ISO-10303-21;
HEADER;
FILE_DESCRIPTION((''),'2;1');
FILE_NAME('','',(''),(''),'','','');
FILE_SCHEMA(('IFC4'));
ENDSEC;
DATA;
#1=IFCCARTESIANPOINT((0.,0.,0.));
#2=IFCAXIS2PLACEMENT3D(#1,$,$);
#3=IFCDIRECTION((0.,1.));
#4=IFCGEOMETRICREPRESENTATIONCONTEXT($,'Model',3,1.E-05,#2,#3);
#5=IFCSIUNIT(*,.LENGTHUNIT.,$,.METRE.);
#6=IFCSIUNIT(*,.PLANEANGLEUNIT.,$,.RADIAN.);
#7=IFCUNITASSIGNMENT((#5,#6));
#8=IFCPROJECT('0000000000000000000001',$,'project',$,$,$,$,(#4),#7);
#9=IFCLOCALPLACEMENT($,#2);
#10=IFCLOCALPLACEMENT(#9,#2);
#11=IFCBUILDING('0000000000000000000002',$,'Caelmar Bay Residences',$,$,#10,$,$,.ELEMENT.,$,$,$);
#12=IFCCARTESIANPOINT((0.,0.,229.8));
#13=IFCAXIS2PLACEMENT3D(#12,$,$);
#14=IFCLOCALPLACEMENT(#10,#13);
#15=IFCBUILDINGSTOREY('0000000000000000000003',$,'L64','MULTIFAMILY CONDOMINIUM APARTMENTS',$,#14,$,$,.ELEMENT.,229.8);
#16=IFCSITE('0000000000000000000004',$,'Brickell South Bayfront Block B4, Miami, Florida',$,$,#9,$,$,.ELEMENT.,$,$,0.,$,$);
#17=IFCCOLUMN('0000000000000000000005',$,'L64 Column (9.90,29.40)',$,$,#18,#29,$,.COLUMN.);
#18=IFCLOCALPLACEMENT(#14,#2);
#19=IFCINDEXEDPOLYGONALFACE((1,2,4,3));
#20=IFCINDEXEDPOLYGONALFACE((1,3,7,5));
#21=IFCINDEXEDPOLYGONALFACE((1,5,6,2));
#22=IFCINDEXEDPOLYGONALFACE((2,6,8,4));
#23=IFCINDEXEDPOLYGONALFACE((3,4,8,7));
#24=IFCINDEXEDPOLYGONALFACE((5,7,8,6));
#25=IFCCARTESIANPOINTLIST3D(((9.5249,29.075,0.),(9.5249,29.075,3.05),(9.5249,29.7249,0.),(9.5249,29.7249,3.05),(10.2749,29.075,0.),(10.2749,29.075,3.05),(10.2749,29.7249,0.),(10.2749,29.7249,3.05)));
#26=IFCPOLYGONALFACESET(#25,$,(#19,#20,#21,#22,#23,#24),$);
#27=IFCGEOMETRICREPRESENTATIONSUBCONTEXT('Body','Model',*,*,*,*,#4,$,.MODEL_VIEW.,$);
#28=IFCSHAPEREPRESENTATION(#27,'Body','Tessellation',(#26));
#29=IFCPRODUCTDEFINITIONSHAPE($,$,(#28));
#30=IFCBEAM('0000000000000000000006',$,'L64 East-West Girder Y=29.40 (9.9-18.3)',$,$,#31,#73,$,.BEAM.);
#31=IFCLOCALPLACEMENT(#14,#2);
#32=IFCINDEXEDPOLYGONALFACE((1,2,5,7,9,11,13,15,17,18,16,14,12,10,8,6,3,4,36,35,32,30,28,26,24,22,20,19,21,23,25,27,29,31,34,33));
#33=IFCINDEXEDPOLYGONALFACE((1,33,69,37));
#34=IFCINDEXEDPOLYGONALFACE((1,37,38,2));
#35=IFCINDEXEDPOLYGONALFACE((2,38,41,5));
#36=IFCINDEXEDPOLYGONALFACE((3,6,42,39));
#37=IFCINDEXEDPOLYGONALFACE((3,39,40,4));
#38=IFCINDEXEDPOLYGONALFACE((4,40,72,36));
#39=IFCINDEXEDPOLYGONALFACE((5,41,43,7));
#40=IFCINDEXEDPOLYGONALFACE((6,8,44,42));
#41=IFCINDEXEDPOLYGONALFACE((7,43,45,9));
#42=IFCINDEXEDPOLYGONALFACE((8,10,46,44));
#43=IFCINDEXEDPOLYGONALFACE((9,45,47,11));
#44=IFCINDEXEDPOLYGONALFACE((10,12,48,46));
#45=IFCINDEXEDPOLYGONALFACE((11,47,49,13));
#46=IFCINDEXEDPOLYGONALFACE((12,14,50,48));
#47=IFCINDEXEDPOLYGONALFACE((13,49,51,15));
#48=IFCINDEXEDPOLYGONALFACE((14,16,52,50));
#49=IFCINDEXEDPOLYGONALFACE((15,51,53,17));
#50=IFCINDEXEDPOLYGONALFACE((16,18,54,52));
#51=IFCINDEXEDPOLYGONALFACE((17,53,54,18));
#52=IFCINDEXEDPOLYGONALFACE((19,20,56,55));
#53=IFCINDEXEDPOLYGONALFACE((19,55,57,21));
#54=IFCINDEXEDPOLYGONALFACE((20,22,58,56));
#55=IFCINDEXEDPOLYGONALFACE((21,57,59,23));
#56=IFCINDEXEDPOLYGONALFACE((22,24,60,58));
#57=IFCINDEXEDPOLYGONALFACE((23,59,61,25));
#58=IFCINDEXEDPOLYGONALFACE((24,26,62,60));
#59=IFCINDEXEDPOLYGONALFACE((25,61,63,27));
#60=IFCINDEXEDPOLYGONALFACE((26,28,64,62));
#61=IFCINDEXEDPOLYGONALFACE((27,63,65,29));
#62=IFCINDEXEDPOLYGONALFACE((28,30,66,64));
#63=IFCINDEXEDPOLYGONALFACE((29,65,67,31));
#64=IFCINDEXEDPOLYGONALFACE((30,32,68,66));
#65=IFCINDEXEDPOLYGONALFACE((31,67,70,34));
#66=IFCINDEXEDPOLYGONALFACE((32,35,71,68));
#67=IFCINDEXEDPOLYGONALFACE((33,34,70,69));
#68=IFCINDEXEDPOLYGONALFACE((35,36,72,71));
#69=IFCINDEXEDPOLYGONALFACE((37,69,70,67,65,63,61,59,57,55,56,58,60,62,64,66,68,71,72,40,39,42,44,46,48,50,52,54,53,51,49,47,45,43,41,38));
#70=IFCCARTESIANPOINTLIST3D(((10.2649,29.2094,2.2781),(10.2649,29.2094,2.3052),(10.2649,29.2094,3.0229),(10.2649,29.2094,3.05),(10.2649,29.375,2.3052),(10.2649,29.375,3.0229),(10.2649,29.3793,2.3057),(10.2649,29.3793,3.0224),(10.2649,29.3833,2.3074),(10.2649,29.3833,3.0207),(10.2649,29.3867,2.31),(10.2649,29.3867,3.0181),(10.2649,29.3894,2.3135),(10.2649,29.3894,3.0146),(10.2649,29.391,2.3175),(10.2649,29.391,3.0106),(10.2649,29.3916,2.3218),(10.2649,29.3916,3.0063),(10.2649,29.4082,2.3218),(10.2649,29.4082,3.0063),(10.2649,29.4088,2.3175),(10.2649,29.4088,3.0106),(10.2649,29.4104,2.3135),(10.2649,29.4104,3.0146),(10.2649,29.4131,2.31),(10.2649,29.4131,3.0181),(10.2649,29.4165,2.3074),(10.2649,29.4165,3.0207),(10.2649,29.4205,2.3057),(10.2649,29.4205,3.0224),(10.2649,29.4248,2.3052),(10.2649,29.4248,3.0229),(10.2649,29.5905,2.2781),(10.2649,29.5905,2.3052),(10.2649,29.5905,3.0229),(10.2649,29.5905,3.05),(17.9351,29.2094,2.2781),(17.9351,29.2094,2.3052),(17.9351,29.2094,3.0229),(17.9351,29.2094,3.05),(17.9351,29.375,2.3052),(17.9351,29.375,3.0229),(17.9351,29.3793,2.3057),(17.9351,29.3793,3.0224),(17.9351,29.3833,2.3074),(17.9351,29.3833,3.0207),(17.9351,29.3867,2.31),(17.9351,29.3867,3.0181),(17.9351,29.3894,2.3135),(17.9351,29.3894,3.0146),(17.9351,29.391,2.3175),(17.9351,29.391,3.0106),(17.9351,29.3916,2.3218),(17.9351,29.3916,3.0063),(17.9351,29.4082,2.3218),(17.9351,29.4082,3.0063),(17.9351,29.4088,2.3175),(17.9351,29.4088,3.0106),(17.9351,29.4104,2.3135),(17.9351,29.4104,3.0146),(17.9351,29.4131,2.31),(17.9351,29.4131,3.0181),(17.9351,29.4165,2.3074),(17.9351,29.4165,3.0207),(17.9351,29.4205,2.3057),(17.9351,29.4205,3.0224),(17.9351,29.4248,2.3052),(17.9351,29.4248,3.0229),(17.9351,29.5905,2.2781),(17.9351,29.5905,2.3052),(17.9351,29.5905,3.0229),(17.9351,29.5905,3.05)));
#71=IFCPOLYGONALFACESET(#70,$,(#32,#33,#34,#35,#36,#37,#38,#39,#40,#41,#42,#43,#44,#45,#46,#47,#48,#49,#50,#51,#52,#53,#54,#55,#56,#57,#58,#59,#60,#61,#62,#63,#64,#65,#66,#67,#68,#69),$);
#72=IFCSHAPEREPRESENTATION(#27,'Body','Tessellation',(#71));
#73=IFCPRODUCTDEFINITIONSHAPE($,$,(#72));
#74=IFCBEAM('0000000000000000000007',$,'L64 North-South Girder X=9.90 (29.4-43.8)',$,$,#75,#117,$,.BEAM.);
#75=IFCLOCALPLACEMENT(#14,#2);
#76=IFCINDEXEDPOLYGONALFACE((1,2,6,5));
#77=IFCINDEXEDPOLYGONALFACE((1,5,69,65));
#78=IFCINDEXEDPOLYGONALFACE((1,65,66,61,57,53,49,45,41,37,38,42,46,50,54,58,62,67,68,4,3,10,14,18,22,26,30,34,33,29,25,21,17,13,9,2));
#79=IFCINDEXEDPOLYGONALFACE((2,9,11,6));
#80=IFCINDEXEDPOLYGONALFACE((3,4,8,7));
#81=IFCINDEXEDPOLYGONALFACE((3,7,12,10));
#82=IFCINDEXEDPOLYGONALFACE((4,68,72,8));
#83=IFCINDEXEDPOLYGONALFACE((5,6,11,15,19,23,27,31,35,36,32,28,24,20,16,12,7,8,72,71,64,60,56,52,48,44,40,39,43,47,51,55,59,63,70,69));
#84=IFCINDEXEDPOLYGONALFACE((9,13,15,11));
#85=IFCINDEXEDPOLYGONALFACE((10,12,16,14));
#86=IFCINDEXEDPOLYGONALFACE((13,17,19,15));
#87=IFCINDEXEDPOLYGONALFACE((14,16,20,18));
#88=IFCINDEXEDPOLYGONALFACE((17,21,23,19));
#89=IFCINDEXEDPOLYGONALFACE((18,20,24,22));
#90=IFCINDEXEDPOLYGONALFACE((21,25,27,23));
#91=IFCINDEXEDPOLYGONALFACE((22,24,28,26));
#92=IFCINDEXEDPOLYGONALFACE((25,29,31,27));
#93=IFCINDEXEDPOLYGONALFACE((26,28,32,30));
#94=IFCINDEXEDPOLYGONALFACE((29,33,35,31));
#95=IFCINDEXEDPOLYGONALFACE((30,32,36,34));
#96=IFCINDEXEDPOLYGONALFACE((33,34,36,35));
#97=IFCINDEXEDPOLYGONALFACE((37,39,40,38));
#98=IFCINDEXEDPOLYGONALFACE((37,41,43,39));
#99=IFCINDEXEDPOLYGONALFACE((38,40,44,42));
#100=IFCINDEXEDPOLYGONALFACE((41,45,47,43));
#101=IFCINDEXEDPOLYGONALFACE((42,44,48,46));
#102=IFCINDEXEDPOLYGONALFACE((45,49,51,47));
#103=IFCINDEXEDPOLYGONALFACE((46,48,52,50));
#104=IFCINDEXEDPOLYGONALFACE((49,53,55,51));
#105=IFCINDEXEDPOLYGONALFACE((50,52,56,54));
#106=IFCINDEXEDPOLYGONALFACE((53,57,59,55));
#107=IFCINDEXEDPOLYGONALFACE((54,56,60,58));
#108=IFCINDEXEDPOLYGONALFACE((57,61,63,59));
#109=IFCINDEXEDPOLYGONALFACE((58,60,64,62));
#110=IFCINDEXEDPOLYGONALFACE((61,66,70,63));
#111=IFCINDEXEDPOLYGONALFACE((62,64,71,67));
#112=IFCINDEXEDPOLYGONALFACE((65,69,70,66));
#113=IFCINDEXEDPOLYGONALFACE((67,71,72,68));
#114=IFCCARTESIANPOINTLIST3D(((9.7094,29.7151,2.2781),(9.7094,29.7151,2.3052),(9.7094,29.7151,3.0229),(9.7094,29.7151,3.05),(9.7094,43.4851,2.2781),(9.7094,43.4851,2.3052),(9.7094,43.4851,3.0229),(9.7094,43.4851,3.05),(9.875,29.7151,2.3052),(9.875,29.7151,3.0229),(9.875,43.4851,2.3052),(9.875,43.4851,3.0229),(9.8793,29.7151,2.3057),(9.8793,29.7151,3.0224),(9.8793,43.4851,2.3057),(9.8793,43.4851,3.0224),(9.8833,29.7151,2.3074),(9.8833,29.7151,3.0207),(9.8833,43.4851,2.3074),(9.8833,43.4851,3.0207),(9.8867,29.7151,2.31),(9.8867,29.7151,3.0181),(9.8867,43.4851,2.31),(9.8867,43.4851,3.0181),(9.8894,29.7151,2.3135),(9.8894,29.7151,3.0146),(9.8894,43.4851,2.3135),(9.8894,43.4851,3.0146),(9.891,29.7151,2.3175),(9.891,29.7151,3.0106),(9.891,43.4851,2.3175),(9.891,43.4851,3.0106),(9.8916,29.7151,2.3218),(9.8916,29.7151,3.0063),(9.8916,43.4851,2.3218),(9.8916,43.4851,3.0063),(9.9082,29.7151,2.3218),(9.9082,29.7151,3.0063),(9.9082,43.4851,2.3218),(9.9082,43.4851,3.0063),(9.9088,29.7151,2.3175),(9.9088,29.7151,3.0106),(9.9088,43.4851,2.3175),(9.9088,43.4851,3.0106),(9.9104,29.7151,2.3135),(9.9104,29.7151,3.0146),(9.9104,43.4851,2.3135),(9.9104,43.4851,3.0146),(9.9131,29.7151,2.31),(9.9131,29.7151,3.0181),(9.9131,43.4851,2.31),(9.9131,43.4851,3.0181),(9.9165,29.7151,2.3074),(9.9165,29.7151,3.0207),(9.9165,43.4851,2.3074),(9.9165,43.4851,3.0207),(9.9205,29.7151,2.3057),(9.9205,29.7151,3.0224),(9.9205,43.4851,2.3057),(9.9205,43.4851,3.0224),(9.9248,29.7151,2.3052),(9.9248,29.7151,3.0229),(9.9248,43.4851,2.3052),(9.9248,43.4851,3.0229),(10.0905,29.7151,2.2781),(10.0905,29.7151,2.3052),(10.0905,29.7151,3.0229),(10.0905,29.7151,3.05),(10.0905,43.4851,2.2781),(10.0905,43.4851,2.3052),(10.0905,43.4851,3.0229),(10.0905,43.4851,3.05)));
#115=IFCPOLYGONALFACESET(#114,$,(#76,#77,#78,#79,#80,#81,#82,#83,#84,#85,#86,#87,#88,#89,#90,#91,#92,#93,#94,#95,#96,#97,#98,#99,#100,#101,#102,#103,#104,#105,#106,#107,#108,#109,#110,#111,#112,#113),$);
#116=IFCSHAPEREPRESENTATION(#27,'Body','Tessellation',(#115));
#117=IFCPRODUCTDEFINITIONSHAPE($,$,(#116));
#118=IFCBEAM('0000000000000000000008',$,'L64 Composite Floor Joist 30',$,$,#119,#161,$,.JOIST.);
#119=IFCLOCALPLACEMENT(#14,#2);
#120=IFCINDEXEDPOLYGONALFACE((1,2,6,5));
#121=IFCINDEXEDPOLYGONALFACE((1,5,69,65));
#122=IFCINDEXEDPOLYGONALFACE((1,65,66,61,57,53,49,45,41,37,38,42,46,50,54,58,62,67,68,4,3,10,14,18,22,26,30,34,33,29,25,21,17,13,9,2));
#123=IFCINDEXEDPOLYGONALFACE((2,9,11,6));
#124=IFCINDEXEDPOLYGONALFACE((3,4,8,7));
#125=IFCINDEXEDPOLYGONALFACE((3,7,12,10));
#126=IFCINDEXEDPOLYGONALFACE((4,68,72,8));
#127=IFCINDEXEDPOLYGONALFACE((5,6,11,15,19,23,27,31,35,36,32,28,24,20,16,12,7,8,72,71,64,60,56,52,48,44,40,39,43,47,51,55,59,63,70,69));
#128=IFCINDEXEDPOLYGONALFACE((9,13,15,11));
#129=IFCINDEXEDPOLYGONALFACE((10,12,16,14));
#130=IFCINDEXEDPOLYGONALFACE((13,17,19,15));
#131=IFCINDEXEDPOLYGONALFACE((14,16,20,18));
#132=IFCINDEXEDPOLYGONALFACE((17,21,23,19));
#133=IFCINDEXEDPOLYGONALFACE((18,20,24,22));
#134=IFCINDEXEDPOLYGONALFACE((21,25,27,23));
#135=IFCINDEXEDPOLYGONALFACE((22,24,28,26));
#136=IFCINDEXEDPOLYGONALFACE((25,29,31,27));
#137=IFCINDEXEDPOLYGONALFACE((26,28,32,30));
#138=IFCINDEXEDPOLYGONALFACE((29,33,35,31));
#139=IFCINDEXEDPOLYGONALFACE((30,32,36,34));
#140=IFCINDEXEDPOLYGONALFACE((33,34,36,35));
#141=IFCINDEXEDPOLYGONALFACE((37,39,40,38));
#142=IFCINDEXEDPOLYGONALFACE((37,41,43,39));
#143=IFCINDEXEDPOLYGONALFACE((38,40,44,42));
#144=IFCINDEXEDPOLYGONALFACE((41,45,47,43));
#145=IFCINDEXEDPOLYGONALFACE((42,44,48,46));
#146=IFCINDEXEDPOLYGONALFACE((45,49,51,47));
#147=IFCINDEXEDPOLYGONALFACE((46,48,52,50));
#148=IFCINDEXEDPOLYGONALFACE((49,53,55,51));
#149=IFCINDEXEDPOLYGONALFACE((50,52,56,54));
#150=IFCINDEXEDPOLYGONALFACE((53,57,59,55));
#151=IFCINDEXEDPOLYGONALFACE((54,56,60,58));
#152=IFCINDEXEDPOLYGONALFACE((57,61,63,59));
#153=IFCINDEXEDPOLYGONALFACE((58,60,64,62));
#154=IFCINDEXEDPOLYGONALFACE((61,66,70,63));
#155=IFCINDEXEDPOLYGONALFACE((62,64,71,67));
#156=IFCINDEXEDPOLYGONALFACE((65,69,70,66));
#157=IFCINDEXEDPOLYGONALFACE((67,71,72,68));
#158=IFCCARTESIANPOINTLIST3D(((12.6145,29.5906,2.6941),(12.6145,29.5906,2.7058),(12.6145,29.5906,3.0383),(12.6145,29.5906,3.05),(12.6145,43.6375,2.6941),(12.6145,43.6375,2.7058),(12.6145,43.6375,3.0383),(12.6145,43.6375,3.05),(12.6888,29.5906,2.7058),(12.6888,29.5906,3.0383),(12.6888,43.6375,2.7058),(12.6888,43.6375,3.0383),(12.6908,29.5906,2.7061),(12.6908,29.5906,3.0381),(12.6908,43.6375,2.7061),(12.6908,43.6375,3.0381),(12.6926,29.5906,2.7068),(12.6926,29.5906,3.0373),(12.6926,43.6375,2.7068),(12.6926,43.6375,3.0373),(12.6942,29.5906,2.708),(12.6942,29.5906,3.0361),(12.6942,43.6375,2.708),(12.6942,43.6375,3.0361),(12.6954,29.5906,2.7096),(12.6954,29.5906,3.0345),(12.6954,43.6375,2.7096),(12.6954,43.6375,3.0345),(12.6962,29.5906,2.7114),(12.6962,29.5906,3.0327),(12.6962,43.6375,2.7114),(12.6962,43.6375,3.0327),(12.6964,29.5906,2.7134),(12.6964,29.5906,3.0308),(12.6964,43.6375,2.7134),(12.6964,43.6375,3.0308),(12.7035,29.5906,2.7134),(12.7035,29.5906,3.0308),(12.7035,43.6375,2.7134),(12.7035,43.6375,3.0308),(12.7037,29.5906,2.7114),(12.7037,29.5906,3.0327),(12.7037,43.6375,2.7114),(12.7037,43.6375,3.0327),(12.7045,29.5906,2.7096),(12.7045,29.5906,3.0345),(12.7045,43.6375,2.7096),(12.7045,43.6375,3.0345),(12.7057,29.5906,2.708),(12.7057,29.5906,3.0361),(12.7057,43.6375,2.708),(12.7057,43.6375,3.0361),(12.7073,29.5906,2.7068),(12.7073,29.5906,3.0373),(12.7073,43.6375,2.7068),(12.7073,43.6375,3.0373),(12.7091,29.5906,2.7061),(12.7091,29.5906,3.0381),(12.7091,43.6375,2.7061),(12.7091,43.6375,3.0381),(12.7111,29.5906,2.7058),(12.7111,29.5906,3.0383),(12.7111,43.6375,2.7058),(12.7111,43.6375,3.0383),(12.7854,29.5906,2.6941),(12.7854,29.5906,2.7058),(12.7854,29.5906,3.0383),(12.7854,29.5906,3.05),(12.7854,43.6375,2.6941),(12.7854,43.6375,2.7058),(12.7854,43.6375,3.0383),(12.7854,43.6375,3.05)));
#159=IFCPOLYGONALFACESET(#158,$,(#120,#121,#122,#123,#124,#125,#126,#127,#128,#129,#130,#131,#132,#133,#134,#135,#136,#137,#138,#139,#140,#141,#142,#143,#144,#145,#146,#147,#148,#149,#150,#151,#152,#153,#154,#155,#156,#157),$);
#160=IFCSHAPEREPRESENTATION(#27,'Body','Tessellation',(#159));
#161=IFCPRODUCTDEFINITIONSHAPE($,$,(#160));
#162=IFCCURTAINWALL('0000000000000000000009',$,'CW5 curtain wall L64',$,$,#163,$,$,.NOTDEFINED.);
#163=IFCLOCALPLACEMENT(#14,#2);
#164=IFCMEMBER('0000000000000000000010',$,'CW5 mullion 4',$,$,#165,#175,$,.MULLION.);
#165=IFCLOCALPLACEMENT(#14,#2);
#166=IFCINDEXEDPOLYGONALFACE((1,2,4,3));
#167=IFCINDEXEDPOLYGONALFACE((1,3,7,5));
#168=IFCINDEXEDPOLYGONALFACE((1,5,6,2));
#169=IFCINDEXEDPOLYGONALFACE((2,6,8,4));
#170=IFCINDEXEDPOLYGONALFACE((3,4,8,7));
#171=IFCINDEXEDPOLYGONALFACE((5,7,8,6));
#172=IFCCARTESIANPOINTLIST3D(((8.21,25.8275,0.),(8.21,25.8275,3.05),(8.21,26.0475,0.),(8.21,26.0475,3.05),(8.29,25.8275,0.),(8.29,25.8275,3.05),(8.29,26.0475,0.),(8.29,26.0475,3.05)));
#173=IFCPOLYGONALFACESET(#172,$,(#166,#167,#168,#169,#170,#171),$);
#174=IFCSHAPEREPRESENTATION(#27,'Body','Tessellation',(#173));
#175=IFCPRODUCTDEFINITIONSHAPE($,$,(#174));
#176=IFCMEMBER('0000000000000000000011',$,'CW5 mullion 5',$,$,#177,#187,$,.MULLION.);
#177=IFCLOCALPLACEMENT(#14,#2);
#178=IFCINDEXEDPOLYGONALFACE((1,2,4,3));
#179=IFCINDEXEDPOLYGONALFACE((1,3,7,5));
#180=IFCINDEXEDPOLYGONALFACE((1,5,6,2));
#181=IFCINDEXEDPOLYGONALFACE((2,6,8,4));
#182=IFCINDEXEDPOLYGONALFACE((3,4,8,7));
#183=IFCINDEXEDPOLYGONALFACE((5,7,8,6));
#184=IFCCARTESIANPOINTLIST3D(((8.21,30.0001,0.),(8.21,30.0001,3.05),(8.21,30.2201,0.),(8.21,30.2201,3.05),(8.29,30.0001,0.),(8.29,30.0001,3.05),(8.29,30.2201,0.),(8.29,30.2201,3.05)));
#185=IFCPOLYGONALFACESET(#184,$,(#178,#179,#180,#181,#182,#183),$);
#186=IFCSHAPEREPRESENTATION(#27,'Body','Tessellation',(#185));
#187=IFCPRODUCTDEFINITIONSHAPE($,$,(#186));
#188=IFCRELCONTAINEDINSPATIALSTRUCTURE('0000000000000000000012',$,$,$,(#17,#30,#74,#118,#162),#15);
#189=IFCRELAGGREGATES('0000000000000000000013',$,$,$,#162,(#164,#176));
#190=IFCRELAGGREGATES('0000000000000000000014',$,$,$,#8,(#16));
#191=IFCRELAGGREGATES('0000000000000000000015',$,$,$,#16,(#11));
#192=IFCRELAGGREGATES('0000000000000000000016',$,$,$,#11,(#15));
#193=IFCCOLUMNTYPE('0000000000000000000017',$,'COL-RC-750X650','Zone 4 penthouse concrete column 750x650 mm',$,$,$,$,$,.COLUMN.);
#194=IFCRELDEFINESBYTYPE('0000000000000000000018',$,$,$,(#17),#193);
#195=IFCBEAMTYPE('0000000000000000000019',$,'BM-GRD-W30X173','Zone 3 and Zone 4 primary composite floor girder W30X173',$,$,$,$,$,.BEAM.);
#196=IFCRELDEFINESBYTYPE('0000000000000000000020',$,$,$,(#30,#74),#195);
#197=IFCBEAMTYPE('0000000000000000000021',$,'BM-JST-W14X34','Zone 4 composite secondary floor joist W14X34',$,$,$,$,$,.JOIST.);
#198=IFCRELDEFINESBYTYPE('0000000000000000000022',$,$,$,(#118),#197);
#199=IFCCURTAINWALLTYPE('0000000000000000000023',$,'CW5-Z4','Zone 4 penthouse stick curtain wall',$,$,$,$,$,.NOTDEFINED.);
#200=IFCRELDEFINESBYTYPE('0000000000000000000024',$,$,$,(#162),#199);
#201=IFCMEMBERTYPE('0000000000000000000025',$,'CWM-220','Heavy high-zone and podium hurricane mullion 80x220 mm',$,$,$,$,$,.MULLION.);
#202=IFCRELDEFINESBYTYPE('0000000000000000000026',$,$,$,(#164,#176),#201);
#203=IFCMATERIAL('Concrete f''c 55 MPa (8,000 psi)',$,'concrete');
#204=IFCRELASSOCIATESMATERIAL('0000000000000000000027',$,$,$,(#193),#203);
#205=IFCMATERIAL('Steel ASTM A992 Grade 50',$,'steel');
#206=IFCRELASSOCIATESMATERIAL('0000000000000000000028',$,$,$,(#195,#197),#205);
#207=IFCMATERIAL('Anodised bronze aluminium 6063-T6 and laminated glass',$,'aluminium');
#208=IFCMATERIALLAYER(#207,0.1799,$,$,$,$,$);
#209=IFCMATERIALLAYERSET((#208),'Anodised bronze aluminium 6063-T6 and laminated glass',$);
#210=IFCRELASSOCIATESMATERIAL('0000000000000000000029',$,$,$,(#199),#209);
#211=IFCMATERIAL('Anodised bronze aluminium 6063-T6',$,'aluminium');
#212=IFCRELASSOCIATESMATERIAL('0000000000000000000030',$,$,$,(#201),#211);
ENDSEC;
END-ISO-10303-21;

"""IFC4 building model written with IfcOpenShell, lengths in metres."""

from ifc_helpers import new_model, si_unit, direction, frame, origin, origin_2d, place, context, subcontext, project, spatial, rectangle, i_section, extrude, material, layer, layer_set, material_profile, profile_set, type_object, element, aggregate, save


model = new_model("IFC4")

# Units and contexts
model_context = context("Model", 3, precision=1e-05, world=origin(), true_north=direction((0.0, 1.0)))
body_context = subcontext(model_context, "Body", "Model", "MODEL_VIEW")
ifc_project = project(units=[si_unit("LENGTHUNIT", "METRE"), si_unit("PLANEANGLEUNIT", "RADIAN")], contexts=[model_context])

# Site, building, storey
site_placement = place(None, origin())
site = spatial("IfcSite", under=ifc_project, at=site_placement, Name="Brickell South Bayfront Block B4, Miami, Florida", CompositionType="ELEMENT", RefElevation=0.0)
building_placement = place(site_placement, origin())
building = spatial("IfcBuilding", under=site, at=building_placement, Name="Caelmar Bay Residences", CompositionType="ELEMENT")
storey_placement = place(building_placement, frame((0.0, 0.0, 229.8)))
storey = spatial("IfcBuildingStorey", under=building, at=storey_placement, Name="L64", Description="MULTIFAMILY CONDOMINIUM APARTMENTS", CompositionType="ELEMENT", Elevation=229.8)

# Column
ifc_material_1 = material(Name="Concrete f'c 55 MPa (8,000 psi)", Category="concrete")
ifc_material_profile_1 = material_profile(ifc_material_1, rectangle(XDim=0.75, YDim=0.6499, at=origin_2d()), Name="RC-COL-750X650")
ifc_profile_set_1 = profile_set([ifc_material_profile_1], Name="Concrete f'c 55 MPa (8,000 psi)")
column_type = type_object("IfcColumnType", Name="COL-RC-750X650", Description="Zone 4 penthouse concrete column 750x650 mm", PredefinedType="COLUMN", material=ifc_profile_set_1)
column_placement = place(storey_placement, frame((9.8999, 29.3999, 0.0), z_axis=(0.0, 0.0, 1.0), x_axis=(1.0, 0.0, 0.0)))
element("IfcColumn", 1, at=column_placement, inside=storey, type_object=column_type, Name="L64 Column (9.90,29.40)", PredefinedType="COLUMN", context=body_context, shape_type="SweptSolid", body=[
    extrude(rectangle(XDim=0.75, YDim=0.6499, at=origin_2d()), origin(), (0.0, 0.0, 1.0), 3.05),
])

# Beams
ifc_material_2 = material(Name="Steel ASTM A992 Grade 50", Category="steel")
ifc_material_profile_2 = material_profile(ifc_material_2, i_section(OverallWidth=0.3811, OverallDepth=0.772, WebThickness=0.0166, FlangeThickness=0.0271, FilletRadius=0.0166, at=origin_2d()), Name="W30X173")
ifc_profile_set_2 = profile_set([ifc_material_profile_2], Name="Steel ASTM A992 Grade 50")
beam_type_1 = type_object("IfcBeamType", Name="BM-GRD-W30X173", Description="Zone 3 and Zone 4 primary composite floor girder W30X173", PredefinedType="BEAM", material=ifc_profile_set_2)
beam_1_placement = place(storey_placement, frame((10.2649, 29.3999, 2.6641), z_axis=(1.0, 0.0, 0.0), x_axis=(0.0, 1.0, 0.0)))
element("IfcBeam", 2, at=beam_1_placement, inside=storey, type_object=beam_type_1, Name="L64 East-West Girder Y=29.40 (9.9-18.3)", PredefinedType="BEAM", context=body_context, shape_type="SweptSolid", body=[
    extrude(i_section(OverallWidth=0.3811, OverallDepth=0.772, WebThickness=0.0166, FlangeThickness=0.0271, FilletRadius=0.0166, at=origin_2d()), origin(), (0.0, 0.0, 1.0), 7.6702),
])
beam_2_placement = place(storey_placement, frame((9.8999, 29.7151, 2.6641), z_axis=(0.0, 1.0, 0.0), x_axis=(-1.0, 0.0, 0.0)))
element("IfcBeam", 3, at=beam_2_placement, inside=storey, type_object=beam_type_1, Name="L64 North-South Girder X=9.90 (29.4-43.8)", PredefinedType="BEAM", context=body_context, shape_type="SweptSolid", body=[
    extrude(i_section(OverallWidth=0.3811, OverallDepth=0.772, WebThickness=0.0166, FlangeThickness=0.0271, FilletRadius=0.0166, at=origin_2d()), origin(), (0.0, 0.0, 1.0), 13.77),
])
ifc_material_profile_3 = material_profile(ifc_material_2, i_section(OverallWidth=0.1709, OverallDepth=0.356, WebThickness=0.0071, FlangeThickness=0.0117, FilletRadius=0.0076, at=origin_2d()), Name="W14X34")
ifc_profile_set_3 = profile_set([ifc_material_profile_3], Name="Steel ASTM A992 Grade 50")
beam_type_2 = type_object("IfcBeamType", Name="BM-JST-W14X34", Description="Zone 4 composite secondary floor joist W14X34", PredefinedType="JOIST", material=ifc_profile_set_3)
beam_3_placement = place(storey_placement, frame((12.7, 29.5906, 2.8721), z_axis=(0.0, 1.0, 0.0), x_axis=(-1.0, 0.0, 0.0)))
element("IfcBeam", 4, at=beam_3_placement, inside=storey, type_object=beam_type_2, Name="L64 Composite Floor Joist 30", PredefinedType="JOIST", context=body_context, shape_type="SweptSolid", body=[
    extrude(i_section(OverallWidth=0.1709, OverallDepth=0.356, WebThickness=0.0071, FlangeThickness=0.0117, FilletRadius=0.0076, at=origin_2d()), origin(), (0.0, 0.0, 1.0), 14.0469),
])

# Curtain wall, members
ifc_material_3 = material(Name="Anodised bronze aluminium 6063-T6 and laminated glass", Category="aluminium")
ifc_layer_1 = layer(ifc_material_3, 0.1799)
ifc_layer_set_1 = layer_set([ifc_layer_1], Name="Anodised bronze aluminium 6063-T6 and laminated glass")
curtain_wall_type = type_object("IfcCurtainWallType", Name="CW5-Z4", Description="Zone 4 penthouse stick curtain wall", PredefinedType="NOTDEFINED", material=ifc_layer_set_1)
curtain_wall_placement = place(storey_placement, origin())
curtain_wall = element("IfcCurtainWall", 5, at=curtain_wall_placement, inside=storey, type_object=curtain_wall_type, Name="CW5 curtain wall L64", PredefinedType="NOTDEFINED")
ifc_material_4 = material(Name="Anodised bronze aluminium 6063-T6", Category="aluminium")
ifc_material_profile_4 = material_profile(ifc_material_4, rectangle(XDim=0.0801, YDim=0.22, at=origin_2d()), Name="CWM-80X220")
ifc_profile_set_4 = profile_set([ifc_material_profile_4], Name="Anodised bronze aluminium 6063-T6")
member_type_1 = type_object("IfcMemberType", Name="CWM-220", Description="Heavy high-zone and podium hurricane mullion 80x220 mm", PredefinedType="MULLION", material=ifc_profile_set_4)
member_1_placement = place(storey_placement, frame((8.25, 25.9375, 0.0), z_axis=(0.0, 0.0, 1.0), x_axis=(-1.0, 0.0, 0.0)))
member_1 = element("IfcMember", 6, at=member_1_placement, type_object=member_type_1, Name="CW5 mullion 4", PredefinedType="MULLION", context=body_context, shape_type="SweptSolid", body=[
    extrude(rectangle(XDim=0.0801, YDim=0.22, at=origin_2d()), origin(), (0.0, 0.0, 1.0), 3.05),
])
member_2_placement = place(storey_placement, frame((8.25, 30.1101, 0.0), z_axis=(0.0, 0.0, 1.0), x_axis=(-1.0, 0.0, 0.0)))
member_2 = element("IfcMember", 7, at=member_2_placement, type_object=member_type_1, Name="CW5 mullion 5", PredefinedType="MULLION", context=body_context, shape_type="SweptSolid", body=[
    extrude(rectangle(XDim=0.0801, YDim=0.22, at=origin_2d()), origin(), (0.0, 0.0, 1.0), 3.05),
])
aggregate(curtain_wall, [member_1, member_2])

save(model, "model.ifc")
